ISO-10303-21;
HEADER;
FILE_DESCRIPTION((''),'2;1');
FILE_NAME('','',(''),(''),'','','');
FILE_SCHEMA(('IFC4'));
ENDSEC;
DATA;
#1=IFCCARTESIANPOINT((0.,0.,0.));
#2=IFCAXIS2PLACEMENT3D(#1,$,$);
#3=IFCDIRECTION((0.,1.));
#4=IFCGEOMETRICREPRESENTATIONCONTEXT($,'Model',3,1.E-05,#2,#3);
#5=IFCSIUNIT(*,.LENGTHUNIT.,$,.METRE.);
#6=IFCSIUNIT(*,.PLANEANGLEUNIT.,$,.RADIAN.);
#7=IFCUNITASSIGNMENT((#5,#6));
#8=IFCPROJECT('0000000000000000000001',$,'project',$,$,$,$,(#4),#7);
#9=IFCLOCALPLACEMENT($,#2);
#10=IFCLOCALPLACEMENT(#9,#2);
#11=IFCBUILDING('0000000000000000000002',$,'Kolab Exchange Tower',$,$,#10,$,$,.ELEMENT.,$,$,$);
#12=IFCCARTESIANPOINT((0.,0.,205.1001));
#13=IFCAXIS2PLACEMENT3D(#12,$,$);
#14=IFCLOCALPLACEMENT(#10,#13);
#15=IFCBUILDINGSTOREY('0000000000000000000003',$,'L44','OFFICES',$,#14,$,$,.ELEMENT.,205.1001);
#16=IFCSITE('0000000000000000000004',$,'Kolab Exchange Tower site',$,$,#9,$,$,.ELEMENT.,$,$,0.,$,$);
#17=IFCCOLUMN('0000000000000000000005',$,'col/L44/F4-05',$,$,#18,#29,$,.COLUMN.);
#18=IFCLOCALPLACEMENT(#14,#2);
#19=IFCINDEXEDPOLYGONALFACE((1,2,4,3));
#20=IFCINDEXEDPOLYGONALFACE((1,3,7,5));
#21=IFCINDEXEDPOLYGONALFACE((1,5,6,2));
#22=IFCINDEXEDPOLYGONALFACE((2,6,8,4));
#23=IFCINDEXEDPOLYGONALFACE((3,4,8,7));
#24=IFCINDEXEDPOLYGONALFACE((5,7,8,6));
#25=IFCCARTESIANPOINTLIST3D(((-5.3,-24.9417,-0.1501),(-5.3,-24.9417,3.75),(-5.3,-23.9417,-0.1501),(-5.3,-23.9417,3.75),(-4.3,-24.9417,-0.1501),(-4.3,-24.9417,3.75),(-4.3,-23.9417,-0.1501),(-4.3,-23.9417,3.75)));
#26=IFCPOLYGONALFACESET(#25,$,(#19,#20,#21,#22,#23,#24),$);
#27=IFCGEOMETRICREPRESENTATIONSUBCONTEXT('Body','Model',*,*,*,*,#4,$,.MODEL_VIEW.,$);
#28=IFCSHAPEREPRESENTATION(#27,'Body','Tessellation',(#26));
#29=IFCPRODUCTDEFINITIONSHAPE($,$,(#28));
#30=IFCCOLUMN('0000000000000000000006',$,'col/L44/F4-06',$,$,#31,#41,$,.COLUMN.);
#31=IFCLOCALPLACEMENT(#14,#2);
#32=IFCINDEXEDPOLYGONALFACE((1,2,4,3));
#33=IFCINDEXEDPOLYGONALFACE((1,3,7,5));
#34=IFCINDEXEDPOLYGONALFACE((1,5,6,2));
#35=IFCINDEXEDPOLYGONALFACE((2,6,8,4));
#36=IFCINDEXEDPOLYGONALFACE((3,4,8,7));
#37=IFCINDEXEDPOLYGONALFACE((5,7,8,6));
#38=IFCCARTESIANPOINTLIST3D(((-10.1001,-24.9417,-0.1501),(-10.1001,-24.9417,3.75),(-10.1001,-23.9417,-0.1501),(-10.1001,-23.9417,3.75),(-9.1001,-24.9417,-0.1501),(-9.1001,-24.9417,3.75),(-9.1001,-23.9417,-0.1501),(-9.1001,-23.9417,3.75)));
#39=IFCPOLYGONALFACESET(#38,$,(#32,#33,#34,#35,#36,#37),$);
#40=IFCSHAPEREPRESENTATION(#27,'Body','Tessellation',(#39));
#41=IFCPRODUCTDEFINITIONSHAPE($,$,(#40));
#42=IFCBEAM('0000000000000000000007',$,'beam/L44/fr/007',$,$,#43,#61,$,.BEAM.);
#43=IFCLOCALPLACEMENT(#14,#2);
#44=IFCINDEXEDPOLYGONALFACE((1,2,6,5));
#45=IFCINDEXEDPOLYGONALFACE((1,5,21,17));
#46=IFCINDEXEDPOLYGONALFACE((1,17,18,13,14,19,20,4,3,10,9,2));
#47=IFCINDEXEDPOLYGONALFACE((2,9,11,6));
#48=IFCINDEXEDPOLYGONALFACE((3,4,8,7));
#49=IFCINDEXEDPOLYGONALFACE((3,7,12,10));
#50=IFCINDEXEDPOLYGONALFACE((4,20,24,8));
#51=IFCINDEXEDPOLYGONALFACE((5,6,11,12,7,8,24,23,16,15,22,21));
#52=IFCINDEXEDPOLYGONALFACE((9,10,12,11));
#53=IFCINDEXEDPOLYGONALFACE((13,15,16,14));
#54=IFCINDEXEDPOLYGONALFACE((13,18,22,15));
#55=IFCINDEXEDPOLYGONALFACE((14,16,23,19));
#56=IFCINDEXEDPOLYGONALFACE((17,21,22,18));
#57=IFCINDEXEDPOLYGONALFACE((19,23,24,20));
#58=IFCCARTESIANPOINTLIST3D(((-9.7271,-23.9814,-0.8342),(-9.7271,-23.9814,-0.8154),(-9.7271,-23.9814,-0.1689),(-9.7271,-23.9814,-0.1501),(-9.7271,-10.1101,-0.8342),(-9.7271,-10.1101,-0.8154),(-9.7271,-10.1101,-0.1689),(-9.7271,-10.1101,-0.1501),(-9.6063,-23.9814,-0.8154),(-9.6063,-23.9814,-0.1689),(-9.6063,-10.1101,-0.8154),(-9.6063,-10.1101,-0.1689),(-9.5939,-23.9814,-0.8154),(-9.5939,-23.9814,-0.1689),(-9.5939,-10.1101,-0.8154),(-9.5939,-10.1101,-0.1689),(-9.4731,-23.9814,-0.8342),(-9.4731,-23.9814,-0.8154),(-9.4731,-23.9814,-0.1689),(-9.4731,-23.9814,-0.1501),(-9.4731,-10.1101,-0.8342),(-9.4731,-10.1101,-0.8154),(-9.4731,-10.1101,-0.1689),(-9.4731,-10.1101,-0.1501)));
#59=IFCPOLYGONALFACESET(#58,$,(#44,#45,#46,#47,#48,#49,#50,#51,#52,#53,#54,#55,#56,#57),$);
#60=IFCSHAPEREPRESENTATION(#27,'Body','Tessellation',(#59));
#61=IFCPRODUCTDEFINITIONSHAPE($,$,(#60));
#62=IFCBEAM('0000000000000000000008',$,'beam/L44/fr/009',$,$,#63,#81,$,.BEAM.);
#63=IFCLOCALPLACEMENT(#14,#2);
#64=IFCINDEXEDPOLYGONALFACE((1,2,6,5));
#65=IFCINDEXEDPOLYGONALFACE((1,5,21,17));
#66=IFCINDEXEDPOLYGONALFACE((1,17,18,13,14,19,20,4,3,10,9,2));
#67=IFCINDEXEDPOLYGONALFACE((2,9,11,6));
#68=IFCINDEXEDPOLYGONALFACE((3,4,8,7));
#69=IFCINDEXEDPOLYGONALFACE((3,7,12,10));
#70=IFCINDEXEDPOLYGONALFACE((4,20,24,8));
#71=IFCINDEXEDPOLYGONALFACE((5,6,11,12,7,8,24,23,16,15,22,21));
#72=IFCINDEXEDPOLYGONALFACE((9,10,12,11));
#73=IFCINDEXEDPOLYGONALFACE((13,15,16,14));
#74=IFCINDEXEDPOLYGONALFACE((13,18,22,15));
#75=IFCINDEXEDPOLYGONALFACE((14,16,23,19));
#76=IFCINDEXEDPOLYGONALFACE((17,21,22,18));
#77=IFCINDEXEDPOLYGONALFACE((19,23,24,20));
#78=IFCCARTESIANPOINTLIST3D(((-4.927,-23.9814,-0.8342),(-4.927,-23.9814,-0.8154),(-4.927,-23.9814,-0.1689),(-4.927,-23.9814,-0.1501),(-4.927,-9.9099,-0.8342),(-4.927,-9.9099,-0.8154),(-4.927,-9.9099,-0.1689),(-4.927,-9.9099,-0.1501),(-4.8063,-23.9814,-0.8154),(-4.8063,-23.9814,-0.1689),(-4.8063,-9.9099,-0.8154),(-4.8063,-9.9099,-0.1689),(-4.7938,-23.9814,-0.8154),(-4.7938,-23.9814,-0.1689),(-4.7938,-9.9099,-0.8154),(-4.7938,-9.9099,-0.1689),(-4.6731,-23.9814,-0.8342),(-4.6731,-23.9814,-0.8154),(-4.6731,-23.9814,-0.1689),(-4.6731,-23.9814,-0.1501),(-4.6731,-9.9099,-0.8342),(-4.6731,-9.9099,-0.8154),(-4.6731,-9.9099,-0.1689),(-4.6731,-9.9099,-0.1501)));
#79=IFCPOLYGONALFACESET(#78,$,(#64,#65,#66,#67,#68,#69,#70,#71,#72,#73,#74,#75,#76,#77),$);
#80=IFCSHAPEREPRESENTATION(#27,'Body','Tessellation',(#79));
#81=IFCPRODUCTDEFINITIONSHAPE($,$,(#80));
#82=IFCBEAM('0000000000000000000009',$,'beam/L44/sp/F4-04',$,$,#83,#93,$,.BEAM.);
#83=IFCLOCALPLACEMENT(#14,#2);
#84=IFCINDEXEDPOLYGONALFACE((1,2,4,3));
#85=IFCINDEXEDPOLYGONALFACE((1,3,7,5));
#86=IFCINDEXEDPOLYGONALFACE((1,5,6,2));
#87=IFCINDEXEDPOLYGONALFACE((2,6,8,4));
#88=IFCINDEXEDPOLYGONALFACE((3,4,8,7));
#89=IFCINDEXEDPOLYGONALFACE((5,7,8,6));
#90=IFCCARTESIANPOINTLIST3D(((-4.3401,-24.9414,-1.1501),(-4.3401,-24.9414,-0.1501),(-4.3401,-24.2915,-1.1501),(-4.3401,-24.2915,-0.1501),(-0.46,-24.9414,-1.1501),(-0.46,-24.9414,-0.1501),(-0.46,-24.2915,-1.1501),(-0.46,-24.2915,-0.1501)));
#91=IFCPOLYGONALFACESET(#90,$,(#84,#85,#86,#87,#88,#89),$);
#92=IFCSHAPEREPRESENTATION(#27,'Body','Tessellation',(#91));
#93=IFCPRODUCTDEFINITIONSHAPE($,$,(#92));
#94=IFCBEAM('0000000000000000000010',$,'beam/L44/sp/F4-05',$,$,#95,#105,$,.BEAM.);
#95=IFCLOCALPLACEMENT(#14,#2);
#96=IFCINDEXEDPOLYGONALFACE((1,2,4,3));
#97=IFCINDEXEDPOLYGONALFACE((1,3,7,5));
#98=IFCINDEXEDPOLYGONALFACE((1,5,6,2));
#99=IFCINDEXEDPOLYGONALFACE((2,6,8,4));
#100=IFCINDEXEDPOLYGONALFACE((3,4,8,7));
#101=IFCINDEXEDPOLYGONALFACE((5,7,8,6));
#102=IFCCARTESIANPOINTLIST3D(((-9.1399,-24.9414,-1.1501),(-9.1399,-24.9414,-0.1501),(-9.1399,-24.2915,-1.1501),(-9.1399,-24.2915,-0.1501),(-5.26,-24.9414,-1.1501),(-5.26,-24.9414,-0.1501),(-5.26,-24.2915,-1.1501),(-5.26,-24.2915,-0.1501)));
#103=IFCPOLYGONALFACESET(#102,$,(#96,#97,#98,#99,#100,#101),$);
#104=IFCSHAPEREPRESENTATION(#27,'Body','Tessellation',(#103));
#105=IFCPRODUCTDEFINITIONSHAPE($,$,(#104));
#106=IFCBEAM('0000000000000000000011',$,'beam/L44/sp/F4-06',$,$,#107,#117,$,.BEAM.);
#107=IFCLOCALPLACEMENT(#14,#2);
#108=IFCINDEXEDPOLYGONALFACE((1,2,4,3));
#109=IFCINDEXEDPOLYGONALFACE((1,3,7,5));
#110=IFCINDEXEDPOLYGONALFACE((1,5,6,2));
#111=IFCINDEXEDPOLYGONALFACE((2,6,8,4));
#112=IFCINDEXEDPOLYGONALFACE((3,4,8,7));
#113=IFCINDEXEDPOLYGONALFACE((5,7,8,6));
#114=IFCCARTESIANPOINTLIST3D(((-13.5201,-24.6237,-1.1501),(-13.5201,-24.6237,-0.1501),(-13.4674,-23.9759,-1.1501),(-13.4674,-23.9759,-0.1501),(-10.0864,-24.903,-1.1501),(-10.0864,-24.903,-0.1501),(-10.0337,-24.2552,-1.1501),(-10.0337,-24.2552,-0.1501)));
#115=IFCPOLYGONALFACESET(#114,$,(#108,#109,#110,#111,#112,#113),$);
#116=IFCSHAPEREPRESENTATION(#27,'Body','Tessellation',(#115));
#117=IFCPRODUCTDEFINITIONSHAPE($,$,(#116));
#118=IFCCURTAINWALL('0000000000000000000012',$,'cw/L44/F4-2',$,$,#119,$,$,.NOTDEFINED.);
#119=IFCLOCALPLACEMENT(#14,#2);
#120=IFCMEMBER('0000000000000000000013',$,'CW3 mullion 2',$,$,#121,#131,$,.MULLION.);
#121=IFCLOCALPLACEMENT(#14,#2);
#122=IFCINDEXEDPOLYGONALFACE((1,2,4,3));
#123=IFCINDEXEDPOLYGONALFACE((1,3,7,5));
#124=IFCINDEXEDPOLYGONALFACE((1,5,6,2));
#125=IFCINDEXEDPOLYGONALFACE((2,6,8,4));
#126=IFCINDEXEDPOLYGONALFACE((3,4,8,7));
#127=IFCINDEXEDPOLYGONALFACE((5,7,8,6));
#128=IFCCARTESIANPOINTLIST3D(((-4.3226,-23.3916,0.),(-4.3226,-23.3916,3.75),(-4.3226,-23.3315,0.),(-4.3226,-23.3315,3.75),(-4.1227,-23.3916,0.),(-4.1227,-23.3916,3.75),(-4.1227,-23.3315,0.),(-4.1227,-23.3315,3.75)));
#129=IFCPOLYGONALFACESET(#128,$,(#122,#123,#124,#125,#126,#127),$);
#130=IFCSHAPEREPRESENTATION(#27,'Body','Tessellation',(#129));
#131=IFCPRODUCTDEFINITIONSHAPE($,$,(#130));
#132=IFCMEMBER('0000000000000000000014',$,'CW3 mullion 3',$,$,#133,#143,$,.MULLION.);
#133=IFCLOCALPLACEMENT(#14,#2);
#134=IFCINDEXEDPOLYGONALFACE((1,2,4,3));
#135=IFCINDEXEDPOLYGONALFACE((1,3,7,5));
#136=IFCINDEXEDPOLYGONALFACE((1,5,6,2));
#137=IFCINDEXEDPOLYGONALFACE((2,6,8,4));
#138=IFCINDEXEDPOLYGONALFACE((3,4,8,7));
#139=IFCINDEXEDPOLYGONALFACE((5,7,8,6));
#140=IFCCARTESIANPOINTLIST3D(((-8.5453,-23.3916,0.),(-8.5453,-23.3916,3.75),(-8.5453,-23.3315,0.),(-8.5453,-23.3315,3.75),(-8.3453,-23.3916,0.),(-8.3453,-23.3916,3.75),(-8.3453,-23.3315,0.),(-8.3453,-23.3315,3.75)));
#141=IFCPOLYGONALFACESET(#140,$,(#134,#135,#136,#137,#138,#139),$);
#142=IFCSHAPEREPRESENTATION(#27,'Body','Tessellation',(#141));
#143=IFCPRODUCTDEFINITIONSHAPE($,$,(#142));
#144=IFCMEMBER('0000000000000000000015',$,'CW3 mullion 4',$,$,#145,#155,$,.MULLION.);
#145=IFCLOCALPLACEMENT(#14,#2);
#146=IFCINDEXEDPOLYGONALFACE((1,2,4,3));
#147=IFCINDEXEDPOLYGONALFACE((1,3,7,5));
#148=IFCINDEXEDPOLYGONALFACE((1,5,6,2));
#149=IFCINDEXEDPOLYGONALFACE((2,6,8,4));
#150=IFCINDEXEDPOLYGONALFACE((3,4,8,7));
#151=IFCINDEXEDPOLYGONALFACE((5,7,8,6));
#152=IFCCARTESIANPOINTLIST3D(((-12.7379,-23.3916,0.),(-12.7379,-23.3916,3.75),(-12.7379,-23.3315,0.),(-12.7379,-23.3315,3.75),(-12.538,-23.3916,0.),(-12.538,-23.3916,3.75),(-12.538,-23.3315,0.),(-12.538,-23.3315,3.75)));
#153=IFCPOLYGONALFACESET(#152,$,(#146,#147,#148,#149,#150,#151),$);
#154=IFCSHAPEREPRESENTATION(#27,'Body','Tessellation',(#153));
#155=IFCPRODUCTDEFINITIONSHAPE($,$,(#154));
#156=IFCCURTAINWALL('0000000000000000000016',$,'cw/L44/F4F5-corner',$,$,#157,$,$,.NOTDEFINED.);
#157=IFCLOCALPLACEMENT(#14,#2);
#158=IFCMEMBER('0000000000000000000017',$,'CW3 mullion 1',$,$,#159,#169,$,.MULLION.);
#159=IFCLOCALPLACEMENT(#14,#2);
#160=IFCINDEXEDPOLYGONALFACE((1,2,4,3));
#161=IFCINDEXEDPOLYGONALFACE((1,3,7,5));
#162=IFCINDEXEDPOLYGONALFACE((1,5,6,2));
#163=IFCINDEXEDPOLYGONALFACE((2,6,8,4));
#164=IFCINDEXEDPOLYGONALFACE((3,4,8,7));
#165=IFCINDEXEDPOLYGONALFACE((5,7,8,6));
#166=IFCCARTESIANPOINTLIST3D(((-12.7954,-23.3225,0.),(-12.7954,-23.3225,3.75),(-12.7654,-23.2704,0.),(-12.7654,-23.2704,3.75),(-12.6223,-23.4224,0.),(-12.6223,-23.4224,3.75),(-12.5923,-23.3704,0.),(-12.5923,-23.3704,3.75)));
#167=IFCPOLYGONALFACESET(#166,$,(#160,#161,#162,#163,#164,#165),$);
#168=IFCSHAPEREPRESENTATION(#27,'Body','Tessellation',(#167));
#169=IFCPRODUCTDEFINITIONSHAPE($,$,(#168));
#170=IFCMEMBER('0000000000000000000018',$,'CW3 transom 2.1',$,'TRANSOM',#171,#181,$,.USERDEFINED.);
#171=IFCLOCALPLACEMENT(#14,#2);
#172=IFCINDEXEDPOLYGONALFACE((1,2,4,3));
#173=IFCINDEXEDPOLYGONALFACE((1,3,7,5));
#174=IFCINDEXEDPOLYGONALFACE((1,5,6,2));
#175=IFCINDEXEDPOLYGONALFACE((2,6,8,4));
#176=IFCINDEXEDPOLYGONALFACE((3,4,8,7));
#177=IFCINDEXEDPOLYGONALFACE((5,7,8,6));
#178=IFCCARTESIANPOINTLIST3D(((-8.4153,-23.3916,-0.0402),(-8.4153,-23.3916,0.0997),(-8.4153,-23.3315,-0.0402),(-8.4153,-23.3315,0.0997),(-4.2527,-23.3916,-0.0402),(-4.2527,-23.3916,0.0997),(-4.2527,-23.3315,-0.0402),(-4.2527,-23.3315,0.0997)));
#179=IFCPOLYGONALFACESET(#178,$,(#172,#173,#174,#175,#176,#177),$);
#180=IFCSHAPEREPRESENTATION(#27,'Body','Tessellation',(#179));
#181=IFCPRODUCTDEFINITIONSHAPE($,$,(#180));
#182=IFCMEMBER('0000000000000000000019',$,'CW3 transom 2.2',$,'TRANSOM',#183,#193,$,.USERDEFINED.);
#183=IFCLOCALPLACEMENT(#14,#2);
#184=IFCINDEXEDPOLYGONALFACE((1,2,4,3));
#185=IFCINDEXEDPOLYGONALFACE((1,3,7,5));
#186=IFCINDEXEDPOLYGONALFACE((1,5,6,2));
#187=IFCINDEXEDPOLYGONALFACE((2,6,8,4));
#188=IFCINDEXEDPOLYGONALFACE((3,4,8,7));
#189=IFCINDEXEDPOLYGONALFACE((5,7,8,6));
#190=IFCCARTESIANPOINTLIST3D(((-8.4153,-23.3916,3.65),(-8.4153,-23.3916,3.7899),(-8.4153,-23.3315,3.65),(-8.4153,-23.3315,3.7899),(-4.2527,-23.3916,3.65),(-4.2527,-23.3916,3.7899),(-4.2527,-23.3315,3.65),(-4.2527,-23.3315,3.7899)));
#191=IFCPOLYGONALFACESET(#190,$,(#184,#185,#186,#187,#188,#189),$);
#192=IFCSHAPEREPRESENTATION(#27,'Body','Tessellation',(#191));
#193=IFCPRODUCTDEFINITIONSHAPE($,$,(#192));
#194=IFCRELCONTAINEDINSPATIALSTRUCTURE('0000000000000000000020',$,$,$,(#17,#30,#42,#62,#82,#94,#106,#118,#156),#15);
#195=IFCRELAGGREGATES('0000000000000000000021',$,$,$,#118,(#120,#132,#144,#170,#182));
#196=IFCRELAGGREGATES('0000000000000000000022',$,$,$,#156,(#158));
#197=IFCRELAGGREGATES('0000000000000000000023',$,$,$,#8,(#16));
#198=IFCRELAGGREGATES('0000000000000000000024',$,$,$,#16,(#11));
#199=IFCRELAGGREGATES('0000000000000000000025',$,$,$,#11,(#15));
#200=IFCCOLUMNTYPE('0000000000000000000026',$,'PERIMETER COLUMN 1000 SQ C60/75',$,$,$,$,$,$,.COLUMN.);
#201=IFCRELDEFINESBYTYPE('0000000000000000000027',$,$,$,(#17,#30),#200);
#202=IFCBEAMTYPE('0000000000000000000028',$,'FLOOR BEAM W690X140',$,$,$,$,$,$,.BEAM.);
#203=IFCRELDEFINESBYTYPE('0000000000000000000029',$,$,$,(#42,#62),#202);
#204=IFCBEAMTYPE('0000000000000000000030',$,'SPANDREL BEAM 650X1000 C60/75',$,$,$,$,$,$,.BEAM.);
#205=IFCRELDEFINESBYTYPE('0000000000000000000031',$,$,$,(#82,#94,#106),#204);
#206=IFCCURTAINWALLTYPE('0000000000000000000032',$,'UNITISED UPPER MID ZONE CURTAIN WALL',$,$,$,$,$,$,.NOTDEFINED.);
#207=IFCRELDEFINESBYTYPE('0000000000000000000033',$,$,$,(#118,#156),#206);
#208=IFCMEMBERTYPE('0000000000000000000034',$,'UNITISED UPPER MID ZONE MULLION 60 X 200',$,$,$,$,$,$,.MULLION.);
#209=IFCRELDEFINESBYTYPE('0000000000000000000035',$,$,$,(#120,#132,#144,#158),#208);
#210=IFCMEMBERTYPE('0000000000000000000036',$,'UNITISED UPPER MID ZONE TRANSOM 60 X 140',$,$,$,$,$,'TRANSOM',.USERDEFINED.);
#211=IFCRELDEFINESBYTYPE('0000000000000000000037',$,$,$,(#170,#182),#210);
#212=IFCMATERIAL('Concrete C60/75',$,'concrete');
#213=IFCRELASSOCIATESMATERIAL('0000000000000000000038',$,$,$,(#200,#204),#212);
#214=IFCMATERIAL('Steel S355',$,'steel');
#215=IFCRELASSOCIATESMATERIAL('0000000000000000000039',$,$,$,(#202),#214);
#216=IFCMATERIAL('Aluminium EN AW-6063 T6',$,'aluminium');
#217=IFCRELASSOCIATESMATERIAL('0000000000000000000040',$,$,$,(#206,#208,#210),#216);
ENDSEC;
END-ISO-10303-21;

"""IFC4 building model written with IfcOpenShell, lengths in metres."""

from ifc_helpers import new_model, si_unit, direction, frame, origin, origin_2d, place, context, subcontext, project, spatial, rectangle, i_section, extrude, material, material_profile, profile_set, type_object, element, aggregate, save


model = new_model("IFC4")

# Units and contexts
model_context = context("Model", 3, precision=1e-05, world=origin(), true_north=direction((0.0, 1.0)))
body_context = subcontext(model_context, "Body", "Model", "MODEL_VIEW")
ifc_project = project(units=[si_unit("LENGTHUNIT", "METRE"), si_unit("PLANEANGLEUNIT", "RADIAN")], contexts=[model_context])

# Site, building, storey
site_placement = place(None, origin())
site = spatial("IfcSite", under=ifc_project, at=site_placement, Name="Kolab Exchange Tower site", CompositionType="ELEMENT", RefElevation=0.0)
building_placement = place(site_placement, origin())
building = spatial("IfcBuilding", under=site, at=building_placement, Name="Kolab Exchange Tower", CompositionType="ELEMENT")
storey_placement = place(building_placement, frame((0.0, 0.0, 205.1001)))
storey = spatial("IfcBuildingStorey", under=building, at=storey_placement, Name="L44", Description="OFFICES", CompositionType="ELEMENT", Elevation=205.1001)

# Columns
ifc_material_1 = material(Name="Concrete C60/75", Category="concrete")
ifc_material_profile_1 = material_profile(ifc_material_1, rectangle(XDim=1.0, YDim=1.0, at=origin_2d()), Name="RC1000")
ifc_profile_set_1 = profile_set([ifc_material_profile_1], Name="Concrete C60/75")
column_type = type_object("IfcColumnType", Name="PERIMETER COLUMN 1000 SQ C60/75", PredefinedType="COLUMN", material=ifc_profile_set_1)
for number, where, z_axis, x_axis, name in (
    (1, (-4.8, -24.4417, -0.1501), (0.0, 0.0, 1.0), (1.0, 0.0, 0.0), "col/L44/F4-05"),
    (2, (-9.6001, -24.4417, -0.1501), (0.0, 0.0, 1.0), (1.0, 0.0, 0.0), "col/L44/F4-06"),
):
    element("IfcColumn", number, at=place(storey_placement, frame(where, z_axis=z_axis, x_axis=x_axis)), inside=storey, type_object=column_type, Name=name, PredefinedType="COLUMN", context=body_context, shape_type="SweptSolid", body=[
        extrude(rectangle(XDim=1.0, YDim=1.0, at=origin_2d()), origin(), (0.0, 0.0, 1.0), 3.9001),
    ])

# Beams
ifc_material_2 = material(Name="Steel S355", Category="steel")
ifc_material_profile_2 = material_profile(ifc_material_2, i_section(OverallWidth=0.2539, OverallDepth=0.6841, WebThickness=0.0125, FlangeThickness=0.0188, at=origin_2d()), Name="W690X140")
ifc_profile_set_2 = profile_set([ifc_material_profile_2], Name="Steel S355")
beam_type_1 = type_object("IfcBeamType", Name="FLOOR BEAM W690X140", PredefinedType="BEAM", material=ifc_profile_set_2)
beam_1_placement = place(storey_placement, frame((-9.6001, -23.9814, -0.4922), z_axis=(0.0, 1.0, 0.0), x_axis=(-1.0, 0.0, 0.0)))
element("IfcBeam", 3, at=beam_1_placement, inside=storey, type_object=beam_type_1, Name="beam/L44/fr/007", PredefinedType="BEAM", context=body_context, shape_type="SweptSolid", body=[
    extrude(i_section(OverallWidth=0.2539, OverallDepth=0.6841, WebThickness=0.0125, FlangeThickness=0.0188, at=origin_2d()), origin(), (0.0, 0.0, 1.0), 13.8713),
])
beam_2_placement = place(storey_placement, frame((-4.8, -23.9814, -0.4922), z_axis=(0.0, 1.0, 0.0), x_axis=(-1.0, 0.0, 0.0)))
element("IfcBeam", 4, at=beam_2_placement, inside=storey, type_object=beam_type_1, Name="beam/L44/fr/009", PredefinedType="BEAM", context=body_context, shape_type="SweptSolid", body=[
    extrude(i_section(OverallWidth=0.2539, OverallDepth=0.6841, WebThickness=0.0125, FlangeThickness=0.0188, at=origin_2d()), origin(), (0.0, 0.0, 1.0), 14.0715),
])
ifc_material_profile_3 = material_profile(ifc_material_1, rectangle(XDim=0.6499, YDim=1.0, at=origin_2d()), Name="RC650X1000")
ifc_profile_set_3 = profile_set([ifc_material_profile_3], Name="Concrete C60/75")
beam_type_2 = type_object("IfcBeamType", Name="SPANDREL BEAM 650X1000 C60/75", PredefinedType="BEAM", material=ifc_profile_set_3)
beam_3_placement = place(storey_placement, frame((-0.46, -24.6165, -0.6501), z_axis=(-1.0, 0.0, 0.0), x_axis=(0.0, -1.0, 0.0)))
element("IfcBeam", 5, at=beam_3_placement, inside=storey, type_object=beam_type_2, Name="beam/L44/sp/F4-04", PredefinedType="BEAM", context=body_context, shape_type="SweptSolid", body=[
    extrude(rectangle(XDim=0.6499, YDim=1.0, at=origin_2d()), origin(), (0.0, 0.0, 1.0), 3.8801),
])
beam_4_placement = place(storey_placement, frame((-5.26, -24.6165, -0.6501), z_axis=(-1.0, 0.0, 0.0), x_axis=(0.0, -1.0, 0.0)))
element("IfcBeam", 6, at=beam_4_placement, inside=storey, type_object=beam_type_2, Name="beam/L44/sp/F4-05", PredefinedType="BEAM", context=body_context, shape_type="SweptSolid", body=[
    extrude(rectangle(XDim=0.6499, YDim=1.0, at=origin_2d()), origin(), (0.0, 0.0, 1.0), 3.8799),
])
beam_5_placement = place(storey_placement, frame((-10.0601, -24.5791, -0.6501), z_axis=(-0.996708, 0.081069, 0.0), x_axis=(-0.081069, -0.996708, 0.0)))
element("IfcBeam", 7, at=beam_5_placement, inside=storey, type_object=beam_type_2, Name="beam/L44/sp/F4-06", PredefinedType="BEAM", context=body_context, shape_type="SweptSolid", body=[
    extrude(rectangle(XDim=0.6499, YDim=1.0, at=origin_2d()), origin(), (0.0, 0.0, 1.0), 3.4451),
])

# Curtain wall, members
ifc_material_3 = material(Name="Aluminium EN AW-6063 T6", Category="aluminium")
curtain_wall_type = type_object("IfcCurtainWallType", Name="UNITISED UPPER MID ZONE CURTAIN WALL", PredefinedType="NOTDEFINED", material=ifc_material_3)
curtain_wall_1_placement = place(storey_placement, origin())
curtain_wall_1 = element("IfcCurtainWall", 8, at=curtain_wall_1_placement, inside=storey, type_object=curtain_wall_type, Name="cw/L44/F4-2", PredefinedType="NOTDEFINED")
ifc_material_profile_4 = material_profile(ifc_material_3, rectangle(XDim=0.0601, YDim=0.2, at=origin_2d()), Name="RECT 60X200")
ifc_profile_set_4 = profile_set([ifc_material_profile_4], Name="Aluminium EN AW-6063 T6")
member_type_1 = type_object("IfcMemberType", Name="UNITISED UPPER MID ZONE MULLION 60 X 200", PredefinedType="MULLION", material=ifc_profile_set_4)
member_1_placement = place(storey_placement, frame((-4.2227, -23.3616, 0.0), z_axis=(0.0, 0.0, 1.0), x_axis=(0.0, -1.0, 0.0)))
member_1 = element("IfcMember", 9, at=member_1_placement, type_object=member_type_1, Name="CW3 mullion 2", PredefinedType="MULLION", context=body_context, shape_type="SweptSolid", body=[
    extrude(rectangle(XDim=0.0601, YDim=0.2, at=origin_2d()), origin(), (0.0, 0.0, 1.0), 3.75),
])
member_2_placement = place(storey_placement, frame((-8.4453, -23.3616, 0.0), z_axis=(0.0, 0.0, 1.0), x_axis=(0.0, -1.0, 0.0)))
member_2 = element("IfcMember", 10, at=member_2_placement, type_object=member_type_1, Name="CW3 mullion 3", PredefinedType="MULLION", context=body_context, shape_type="SweptSolid", body=[
    extrude(rectangle(XDim=0.0601, YDim=0.2, at=origin_2d()), origin(), (0.0, 0.0, 1.0), 3.75),
])
member_3_placement = place(storey_placement, frame((-12.6379, -23.3616, 0.0), z_axis=(0.0, 0.0, 1.0), x_axis=(0.0, -1.0, 0.0)))
member_3 = element("IfcMember", 11, at=member_3_placement, type_object=member_type_1, Name="CW3 mullion 4", PredefinedType="MULLION", context=body_context, shape_type="SweptSolid", body=[
    extrude(rectangle(XDim=0.0601, YDim=0.2, at=origin_2d()), origin(), (0.0, 0.0, 1.0), 3.75),
])

# Curtain wall, member
curtain_wall_2_placement = place(storey_placement, origin())
curtain_wall_2 = element("IfcCurtainWall", 12, at=curtain_wall_2_placement, inside=storey, type_object=curtain_wall_type, Name="cw/L44/F4F5-corner", PredefinedType="NOTDEFINED")
member_4_placement = place(storey_placement, frame((-12.6938, -23.3464, 0.0), z_axis=(0.0, 0.0, 1.0), x_axis=(-0.5, -0.866025, 0.0)))
member_4 = element("IfcMember", 13, at=member_4_placement, type_object=member_type_1, Name="CW3 mullion 1", PredefinedType="MULLION", context=body_context, shape_type="SweptSolid", body=[
    extrude(rectangle(XDim=0.0601, YDim=0.2, at=origin_2d()), origin(), (0.0, 0.0, 1.0), 3.75),
])

# Members
ifc_material_profile_5 = material_profile(ifc_material_3, rectangle(XDim=0.0601, YDim=0.1399, at=origin_2d()), Name="RECT 60X140")
ifc_profile_set_5 = profile_set([ifc_material_profile_5], Name="Aluminium EN AW-6063 T6")
member_type_2 = type_object("IfcMemberType", Name="UNITISED UPPER MID ZONE TRANSOM 60 X 140", ElementType="TRANSOM", PredefinedType="USERDEFINED", material=ifc_profile_set_5)
member_5_placement = place(storey_placement, frame((-4.2527, -23.3616, 0.0298), z_axis=(-1.0, 0.0, 0.0), x_axis=(0.0, -1.0, 0.0)))
member_5 = element("IfcMember", 14, at=member_5_placement, type_object=member_type_2, Name="CW3 transom 2.1", ObjectType="TRANSOM", PredefinedType="USERDEFINED", context=body_context, shape_type="SweptSolid", body=[
    extrude(rectangle(XDim=0.0601, YDim=0.1399, at=origin_2d()), origin(), (0.0, 0.0, 1.0), 4.1626),
])
member_6_placement = place(storey_placement, frame((-4.2527, -23.3616, 3.72), z_axis=(-1.0, 0.0, 0.0), x_axis=(0.0, -1.0, 0.0)))
member_6 = element("IfcMember", 15, at=member_6_placement, type_object=member_type_2, Name="CW3 transom 2.2", ObjectType="TRANSOM", PredefinedType="USERDEFINED", context=body_context, shape_type="SweptSolid", body=[
    extrude(rectangle(XDim=0.0601, YDim=0.1399, at=origin_2d()), origin(), (0.0, 0.0, 1.0), 4.1626),
])

aggregate(curtain_wall_1, [member_1, member_2, member_3, member_5, member_6])
aggregate(curtain_wall_2, [member_4])

save(model, "model.ifc")
